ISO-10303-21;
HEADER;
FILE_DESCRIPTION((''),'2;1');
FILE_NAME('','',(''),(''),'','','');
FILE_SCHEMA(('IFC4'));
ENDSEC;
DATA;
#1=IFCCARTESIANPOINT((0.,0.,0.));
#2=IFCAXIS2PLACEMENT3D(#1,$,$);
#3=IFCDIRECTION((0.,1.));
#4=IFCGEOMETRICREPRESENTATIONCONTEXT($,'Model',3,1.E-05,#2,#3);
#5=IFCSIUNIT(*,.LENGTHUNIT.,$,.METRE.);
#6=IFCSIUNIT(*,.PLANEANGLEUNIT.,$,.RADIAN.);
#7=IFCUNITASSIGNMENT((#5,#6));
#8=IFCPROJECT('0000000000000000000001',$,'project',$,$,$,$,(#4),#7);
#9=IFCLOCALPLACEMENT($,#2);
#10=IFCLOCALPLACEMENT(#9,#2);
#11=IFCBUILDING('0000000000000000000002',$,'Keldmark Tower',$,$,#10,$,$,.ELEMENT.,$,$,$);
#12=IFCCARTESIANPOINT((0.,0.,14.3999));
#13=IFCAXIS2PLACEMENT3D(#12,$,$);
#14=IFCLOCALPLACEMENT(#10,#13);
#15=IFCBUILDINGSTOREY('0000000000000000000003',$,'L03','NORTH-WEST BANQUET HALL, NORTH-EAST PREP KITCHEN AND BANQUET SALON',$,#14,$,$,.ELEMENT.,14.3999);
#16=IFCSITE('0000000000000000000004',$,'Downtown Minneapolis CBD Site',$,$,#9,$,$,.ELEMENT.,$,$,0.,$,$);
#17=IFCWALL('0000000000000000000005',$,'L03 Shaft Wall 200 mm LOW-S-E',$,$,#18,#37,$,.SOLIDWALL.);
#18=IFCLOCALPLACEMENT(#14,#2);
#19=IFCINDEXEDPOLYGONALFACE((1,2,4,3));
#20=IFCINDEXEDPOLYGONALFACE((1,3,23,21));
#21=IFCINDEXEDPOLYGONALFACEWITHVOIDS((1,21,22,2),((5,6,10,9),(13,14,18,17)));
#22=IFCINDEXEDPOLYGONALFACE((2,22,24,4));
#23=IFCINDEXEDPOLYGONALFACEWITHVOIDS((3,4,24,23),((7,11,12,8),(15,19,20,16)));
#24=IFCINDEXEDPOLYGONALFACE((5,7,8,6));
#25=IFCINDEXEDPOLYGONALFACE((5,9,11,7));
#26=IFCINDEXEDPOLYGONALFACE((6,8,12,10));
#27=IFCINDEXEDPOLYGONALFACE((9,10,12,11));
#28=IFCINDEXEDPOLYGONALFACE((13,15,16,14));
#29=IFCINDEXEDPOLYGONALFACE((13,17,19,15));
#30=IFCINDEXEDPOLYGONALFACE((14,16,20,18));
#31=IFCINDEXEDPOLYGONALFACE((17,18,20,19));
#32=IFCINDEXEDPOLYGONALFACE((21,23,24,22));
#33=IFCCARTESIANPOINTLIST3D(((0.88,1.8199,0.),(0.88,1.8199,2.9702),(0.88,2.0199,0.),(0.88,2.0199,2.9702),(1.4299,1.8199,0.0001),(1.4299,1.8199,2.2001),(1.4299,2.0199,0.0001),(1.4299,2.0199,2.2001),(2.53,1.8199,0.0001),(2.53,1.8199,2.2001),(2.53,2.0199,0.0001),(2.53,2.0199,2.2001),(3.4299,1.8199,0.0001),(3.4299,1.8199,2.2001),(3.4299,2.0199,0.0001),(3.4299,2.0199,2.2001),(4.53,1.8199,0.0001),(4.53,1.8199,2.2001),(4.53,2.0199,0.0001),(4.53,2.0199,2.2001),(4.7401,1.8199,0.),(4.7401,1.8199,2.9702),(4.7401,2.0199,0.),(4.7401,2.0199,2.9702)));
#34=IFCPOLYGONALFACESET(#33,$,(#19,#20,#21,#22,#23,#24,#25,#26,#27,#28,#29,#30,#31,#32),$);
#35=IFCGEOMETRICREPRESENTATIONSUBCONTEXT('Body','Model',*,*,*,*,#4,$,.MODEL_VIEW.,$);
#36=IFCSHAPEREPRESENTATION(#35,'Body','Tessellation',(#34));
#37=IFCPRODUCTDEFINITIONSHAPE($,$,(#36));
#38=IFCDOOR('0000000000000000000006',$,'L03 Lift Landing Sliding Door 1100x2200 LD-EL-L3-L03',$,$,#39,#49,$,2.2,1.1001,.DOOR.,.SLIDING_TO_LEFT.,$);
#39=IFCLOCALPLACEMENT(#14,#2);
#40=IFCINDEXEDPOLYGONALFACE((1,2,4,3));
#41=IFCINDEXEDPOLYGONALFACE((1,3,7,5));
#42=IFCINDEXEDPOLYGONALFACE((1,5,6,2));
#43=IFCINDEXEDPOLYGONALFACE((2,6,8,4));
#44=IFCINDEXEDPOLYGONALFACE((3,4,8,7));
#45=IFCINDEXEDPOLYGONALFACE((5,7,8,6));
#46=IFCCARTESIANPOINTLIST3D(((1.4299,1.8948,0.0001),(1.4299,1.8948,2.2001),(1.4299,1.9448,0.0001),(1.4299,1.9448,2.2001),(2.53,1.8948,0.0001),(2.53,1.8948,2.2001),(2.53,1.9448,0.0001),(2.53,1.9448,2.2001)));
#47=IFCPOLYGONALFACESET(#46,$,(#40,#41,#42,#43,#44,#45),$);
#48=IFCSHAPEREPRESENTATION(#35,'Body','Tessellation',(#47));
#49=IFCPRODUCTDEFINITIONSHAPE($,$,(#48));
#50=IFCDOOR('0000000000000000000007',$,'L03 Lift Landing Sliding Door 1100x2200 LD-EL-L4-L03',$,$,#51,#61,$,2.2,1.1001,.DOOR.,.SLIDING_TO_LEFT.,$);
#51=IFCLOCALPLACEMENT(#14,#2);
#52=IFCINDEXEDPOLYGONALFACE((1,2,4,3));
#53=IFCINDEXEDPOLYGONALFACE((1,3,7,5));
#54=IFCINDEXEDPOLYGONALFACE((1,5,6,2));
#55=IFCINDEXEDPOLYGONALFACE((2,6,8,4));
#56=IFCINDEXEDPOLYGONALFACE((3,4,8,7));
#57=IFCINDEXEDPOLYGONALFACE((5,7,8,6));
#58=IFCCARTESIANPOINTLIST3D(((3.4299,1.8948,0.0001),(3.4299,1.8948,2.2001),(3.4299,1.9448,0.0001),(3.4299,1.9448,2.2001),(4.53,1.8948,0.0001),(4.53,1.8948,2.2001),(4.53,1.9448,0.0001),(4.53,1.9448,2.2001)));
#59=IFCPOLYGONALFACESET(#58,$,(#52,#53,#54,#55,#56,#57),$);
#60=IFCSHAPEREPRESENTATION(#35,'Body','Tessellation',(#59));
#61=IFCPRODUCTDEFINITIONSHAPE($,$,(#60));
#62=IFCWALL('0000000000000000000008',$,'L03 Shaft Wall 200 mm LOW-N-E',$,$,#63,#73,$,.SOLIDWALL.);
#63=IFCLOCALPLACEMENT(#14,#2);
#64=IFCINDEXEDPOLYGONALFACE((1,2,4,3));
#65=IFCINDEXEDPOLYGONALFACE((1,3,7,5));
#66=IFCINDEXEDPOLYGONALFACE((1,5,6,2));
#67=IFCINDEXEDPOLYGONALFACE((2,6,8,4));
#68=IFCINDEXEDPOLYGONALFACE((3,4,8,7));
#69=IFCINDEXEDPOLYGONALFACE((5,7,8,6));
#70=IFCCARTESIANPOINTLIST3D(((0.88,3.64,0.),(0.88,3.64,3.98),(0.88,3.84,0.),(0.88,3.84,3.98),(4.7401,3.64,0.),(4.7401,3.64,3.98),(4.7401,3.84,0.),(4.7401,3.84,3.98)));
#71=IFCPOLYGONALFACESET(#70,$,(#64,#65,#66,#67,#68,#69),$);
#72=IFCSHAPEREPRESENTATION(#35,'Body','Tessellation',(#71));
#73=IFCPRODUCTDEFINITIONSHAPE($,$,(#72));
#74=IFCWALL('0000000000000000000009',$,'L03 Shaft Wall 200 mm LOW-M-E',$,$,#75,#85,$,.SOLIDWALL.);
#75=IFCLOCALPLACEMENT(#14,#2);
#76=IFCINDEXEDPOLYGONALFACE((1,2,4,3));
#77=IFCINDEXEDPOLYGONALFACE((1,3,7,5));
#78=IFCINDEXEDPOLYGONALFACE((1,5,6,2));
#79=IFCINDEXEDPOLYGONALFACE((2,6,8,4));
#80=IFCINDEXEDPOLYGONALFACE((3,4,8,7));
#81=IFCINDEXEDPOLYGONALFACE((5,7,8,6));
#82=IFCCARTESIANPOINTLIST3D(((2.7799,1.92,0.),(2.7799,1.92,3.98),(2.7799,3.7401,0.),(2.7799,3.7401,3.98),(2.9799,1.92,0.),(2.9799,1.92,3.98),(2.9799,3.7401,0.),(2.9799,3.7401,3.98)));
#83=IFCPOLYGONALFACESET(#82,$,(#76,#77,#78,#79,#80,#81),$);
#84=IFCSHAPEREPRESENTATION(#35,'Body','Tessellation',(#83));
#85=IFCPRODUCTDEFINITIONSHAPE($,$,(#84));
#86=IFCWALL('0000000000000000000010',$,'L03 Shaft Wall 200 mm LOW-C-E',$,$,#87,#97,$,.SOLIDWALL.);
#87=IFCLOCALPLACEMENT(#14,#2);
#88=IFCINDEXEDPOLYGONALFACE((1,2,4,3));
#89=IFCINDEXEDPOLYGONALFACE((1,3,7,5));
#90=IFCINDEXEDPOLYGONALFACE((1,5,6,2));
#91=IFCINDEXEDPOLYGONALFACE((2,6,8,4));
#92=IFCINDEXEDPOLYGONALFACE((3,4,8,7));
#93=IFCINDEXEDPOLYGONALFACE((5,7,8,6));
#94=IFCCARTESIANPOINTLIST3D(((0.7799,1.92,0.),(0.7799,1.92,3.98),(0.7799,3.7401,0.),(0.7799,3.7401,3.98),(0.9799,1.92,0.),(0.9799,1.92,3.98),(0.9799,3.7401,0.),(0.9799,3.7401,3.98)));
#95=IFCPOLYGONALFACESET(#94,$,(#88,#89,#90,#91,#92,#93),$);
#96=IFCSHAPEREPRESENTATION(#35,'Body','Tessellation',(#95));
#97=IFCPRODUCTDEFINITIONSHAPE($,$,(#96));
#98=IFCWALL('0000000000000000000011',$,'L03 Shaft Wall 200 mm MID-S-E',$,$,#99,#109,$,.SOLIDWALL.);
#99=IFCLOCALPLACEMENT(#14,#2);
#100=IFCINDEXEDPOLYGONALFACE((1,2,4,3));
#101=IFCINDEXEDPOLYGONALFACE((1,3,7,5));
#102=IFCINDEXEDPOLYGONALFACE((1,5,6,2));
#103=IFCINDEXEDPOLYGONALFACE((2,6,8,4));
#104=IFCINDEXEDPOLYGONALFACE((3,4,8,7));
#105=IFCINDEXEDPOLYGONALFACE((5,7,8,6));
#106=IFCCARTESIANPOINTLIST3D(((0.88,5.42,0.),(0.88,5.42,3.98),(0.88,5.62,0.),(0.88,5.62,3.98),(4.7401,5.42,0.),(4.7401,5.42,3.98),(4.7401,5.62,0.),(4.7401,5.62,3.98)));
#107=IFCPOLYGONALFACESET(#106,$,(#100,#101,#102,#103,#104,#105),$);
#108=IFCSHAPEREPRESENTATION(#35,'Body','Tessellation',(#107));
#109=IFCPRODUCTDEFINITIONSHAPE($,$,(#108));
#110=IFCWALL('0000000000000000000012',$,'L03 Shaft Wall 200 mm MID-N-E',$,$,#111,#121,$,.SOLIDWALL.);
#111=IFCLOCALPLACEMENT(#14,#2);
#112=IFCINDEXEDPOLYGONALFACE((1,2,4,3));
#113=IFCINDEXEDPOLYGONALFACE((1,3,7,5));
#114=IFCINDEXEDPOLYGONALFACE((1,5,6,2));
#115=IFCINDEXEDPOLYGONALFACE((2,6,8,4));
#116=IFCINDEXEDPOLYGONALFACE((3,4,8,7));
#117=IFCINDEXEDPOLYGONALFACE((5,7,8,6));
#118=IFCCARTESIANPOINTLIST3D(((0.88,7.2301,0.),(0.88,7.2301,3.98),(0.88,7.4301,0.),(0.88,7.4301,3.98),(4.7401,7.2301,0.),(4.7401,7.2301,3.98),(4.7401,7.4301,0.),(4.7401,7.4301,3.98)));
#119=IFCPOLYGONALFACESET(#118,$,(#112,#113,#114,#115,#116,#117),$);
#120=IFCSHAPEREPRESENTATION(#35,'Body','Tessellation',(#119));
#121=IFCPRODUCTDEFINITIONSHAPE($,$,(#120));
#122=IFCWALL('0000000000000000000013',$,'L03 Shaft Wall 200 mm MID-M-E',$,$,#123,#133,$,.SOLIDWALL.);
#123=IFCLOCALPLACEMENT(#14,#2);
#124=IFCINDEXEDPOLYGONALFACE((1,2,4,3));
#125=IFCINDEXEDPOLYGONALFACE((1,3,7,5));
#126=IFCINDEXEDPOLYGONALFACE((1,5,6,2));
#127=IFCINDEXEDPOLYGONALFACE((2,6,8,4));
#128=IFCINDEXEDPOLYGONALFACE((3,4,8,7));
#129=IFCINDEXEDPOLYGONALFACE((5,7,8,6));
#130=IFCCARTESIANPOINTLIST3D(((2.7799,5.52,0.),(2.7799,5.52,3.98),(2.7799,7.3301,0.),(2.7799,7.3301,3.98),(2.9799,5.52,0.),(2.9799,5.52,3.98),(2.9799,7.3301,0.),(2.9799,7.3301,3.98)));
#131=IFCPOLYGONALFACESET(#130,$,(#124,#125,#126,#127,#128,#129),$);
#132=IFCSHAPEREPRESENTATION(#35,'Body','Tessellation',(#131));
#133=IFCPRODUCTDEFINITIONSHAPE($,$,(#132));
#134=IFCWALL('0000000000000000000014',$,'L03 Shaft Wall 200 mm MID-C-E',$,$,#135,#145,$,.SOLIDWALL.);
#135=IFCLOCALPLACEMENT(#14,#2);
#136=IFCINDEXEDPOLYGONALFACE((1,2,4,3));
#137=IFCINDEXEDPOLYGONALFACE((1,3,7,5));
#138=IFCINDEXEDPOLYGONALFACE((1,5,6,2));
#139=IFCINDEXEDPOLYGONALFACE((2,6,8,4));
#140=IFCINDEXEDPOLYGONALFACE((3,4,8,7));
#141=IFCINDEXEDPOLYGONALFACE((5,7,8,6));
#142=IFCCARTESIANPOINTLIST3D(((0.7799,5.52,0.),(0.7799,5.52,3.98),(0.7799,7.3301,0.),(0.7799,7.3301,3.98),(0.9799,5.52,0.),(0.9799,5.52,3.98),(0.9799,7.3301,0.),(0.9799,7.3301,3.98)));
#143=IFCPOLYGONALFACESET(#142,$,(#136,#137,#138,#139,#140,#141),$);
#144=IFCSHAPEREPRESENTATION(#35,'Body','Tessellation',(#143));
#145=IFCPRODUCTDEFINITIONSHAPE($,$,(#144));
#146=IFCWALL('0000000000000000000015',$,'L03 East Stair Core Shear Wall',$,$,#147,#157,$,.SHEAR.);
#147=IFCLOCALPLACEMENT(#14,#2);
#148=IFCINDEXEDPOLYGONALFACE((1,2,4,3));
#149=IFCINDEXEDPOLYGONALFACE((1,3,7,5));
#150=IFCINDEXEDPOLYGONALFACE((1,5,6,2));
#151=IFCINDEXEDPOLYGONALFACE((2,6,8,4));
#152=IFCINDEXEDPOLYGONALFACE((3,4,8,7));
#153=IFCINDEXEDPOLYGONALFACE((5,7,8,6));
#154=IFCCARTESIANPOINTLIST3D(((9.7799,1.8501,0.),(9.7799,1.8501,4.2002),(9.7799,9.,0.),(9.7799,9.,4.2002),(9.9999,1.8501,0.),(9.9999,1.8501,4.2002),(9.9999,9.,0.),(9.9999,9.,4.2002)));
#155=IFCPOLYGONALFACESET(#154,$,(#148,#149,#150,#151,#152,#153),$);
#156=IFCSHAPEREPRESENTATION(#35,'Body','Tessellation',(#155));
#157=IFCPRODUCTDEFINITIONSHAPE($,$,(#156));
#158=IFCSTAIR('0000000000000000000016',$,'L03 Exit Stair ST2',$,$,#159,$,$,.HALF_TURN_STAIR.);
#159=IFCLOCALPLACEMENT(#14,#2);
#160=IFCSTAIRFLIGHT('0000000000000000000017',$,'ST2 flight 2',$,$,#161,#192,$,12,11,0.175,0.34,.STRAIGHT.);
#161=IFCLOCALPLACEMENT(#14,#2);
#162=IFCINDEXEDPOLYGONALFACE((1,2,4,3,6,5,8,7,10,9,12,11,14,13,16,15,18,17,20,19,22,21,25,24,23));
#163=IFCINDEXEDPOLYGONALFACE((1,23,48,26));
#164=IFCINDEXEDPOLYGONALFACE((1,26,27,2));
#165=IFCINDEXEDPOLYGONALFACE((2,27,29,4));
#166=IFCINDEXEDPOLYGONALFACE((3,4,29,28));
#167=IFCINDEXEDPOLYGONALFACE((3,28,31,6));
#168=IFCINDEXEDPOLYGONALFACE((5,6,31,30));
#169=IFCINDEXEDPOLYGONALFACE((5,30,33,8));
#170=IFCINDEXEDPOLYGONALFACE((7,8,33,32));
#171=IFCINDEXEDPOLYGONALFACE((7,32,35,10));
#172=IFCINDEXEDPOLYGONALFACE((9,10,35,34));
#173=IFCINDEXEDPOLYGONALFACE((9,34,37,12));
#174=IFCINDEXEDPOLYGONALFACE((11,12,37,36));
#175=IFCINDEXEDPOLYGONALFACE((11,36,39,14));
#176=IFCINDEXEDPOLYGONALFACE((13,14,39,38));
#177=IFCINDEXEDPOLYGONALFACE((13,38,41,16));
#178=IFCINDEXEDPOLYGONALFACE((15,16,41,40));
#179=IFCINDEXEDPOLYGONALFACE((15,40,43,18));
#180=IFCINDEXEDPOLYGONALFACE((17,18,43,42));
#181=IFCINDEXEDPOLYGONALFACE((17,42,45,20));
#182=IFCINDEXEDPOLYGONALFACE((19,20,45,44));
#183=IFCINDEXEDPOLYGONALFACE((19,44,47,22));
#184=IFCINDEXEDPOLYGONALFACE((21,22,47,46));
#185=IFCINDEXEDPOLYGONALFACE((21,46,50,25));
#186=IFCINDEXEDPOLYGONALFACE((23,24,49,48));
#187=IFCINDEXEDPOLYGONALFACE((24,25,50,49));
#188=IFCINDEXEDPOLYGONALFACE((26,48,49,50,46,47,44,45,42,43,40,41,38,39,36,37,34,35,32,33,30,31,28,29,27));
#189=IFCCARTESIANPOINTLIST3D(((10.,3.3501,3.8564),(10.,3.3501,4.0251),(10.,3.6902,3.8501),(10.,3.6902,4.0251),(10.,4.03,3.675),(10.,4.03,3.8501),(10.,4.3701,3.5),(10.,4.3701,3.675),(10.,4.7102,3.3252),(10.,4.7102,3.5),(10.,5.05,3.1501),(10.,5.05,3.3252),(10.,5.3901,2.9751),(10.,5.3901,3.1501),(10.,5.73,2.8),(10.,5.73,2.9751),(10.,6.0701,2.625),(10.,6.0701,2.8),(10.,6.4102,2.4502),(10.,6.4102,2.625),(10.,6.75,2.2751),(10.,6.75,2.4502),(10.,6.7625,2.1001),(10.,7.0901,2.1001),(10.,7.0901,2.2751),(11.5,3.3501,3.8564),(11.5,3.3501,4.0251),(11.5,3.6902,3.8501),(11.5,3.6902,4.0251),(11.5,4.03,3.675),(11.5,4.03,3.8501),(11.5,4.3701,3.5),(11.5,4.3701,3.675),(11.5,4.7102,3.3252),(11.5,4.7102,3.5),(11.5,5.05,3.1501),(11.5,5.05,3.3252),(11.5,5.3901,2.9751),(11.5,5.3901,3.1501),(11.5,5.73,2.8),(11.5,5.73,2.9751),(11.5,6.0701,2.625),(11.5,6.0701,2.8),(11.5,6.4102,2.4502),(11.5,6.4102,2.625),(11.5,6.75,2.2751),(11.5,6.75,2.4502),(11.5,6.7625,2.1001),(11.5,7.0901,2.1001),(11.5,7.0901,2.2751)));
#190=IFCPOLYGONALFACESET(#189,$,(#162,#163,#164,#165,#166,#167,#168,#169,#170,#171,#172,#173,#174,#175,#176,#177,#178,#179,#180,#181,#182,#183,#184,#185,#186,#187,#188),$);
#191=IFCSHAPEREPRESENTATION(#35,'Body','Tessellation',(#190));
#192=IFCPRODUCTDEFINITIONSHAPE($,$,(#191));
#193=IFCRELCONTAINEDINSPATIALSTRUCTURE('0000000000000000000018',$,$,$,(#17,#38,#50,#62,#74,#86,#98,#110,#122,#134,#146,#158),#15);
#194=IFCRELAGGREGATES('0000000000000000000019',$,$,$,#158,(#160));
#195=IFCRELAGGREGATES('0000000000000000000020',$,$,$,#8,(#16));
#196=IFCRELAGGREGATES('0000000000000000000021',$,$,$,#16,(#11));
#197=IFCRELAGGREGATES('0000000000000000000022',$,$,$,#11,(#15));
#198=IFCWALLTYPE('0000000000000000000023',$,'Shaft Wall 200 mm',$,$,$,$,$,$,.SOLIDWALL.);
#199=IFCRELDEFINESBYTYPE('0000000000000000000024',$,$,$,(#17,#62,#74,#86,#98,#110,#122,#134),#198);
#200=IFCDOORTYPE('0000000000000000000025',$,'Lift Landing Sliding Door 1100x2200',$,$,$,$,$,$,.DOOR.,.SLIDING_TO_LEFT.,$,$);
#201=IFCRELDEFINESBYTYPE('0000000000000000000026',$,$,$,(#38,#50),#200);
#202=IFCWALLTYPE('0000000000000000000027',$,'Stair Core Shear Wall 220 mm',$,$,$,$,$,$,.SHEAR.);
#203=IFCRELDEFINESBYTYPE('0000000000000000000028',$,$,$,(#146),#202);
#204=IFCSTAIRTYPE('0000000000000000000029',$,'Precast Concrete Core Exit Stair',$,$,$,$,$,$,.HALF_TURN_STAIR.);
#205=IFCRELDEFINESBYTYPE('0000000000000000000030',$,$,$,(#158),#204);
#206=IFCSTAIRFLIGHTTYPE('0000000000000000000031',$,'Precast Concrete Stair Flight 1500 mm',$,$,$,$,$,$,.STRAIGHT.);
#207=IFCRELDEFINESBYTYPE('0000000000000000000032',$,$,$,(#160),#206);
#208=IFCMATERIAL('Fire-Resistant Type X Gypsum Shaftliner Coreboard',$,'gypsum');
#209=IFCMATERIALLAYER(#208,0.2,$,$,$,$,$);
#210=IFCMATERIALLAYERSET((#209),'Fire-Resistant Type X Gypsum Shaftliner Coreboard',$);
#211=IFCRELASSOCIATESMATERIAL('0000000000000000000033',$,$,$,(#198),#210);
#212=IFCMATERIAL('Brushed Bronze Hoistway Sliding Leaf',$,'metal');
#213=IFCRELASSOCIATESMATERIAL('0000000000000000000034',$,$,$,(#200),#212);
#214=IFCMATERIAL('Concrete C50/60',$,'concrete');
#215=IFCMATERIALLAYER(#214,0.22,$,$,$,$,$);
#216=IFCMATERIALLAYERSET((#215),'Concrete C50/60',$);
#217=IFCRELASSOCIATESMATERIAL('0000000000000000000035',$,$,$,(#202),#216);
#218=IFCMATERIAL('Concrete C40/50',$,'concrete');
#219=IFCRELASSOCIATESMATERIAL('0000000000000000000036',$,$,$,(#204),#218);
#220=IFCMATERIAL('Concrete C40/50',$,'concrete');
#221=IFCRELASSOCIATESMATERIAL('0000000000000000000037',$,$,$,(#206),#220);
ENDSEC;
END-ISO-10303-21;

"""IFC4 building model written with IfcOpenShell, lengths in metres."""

from ifc_helpers import new_model, si_unit, direction, frame, frame_2d, origin, place, context, subcontext, project, spatial, polyline, rectangle, outline, extrude, material, layer, layer_set, type_object, element, fill, aggregate, save


model = new_model("IFC4")

# Units and contexts
model_context = context("Model", 3, precision=1e-05, world=origin(), true_north=direction((0.0, 1.0)))
body_context = subcontext(model_context, "Body", "Model", "MODEL_VIEW")
ifc_project = project(units=[si_unit("LENGTHUNIT", "METRE"), si_unit("PLANEANGLEUNIT", "RADIAN")], contexts=[model_context])

# Site, building, storey
site_placement = place(None, origin())
site = spatial("IfcSite", under=ifc_project, at=site_placement, Name="Downtown Minneapolis CBD Site", CompositionType="ELEMENT", RefElevation=0.0)
building_placement = place(site_placement, origin())
building = spatial("IfcBuilding", under=site, at=building_placement, Name="Keldmark Tower", CompositionType="ELEMENT")
storey_placement = place(building_placement, frame((0.0, 0.0, 14.3999)))
storey = spatial("IfcBuildingStorey", under=building, at=storey_placement, Name="L03", Description="NORTH-WEST BANQUET HALL, NORTH-EAST PREP KITCHEN AND BANQUET SALON", CompositionType="ELEMENT", Elevation=14.3999)

# Shared definitions
ifc_material_1 = material(Name="Fire-Resistant Type X Gypsum Shaftliner Coreboard", Category="gypsum")
ifc_layer_1 = layer(ifc_material_1, 0.2)
ifc_layer_set_1 = layer_set([ifc_layer_1], Name="Fire-Resistant Type X Gypsum Shaftliner Coreboard")
wall_type_1 = type_object("IfcWallType", Name="Shaft Wall 200 mm", PredefinedType="SOLIDWALL", material=ifc_layer_set_1)

# Wall, openings, doors
wall_1_placement = place(storey_placement, frame((0.8799, 1.9199, 0.0), z_axis=(0.0, 0.0, 1.0), x_axis=(1.0, 0.0, 0.0)))
wall_1 = element("IfcWall", 1, at=wall_1_placement, inside=storey, type_object=wall_type_1, Name="L03 Shaft Wall 200 mm LOW-S-E", PredefinedType="SOLIDWALL", context=body_context, shape_type="SweptSolid", body=[
    extrude(rectangle(XDim=3.8601, YDim=0.2, at=frame_2d((1.9302, 0.0))), origin(), (0.0, 0.0, 1.0), 2.9702),
])
opening_1_placement = place(wall_1_placement, frame((0.55, 0.0, 0.0)))
opening_1 = element("IfcOpeningElement", 2, at=opening_1_placement, cuts=wall_1, PredefinedType="OPENING", context=body_context, shape_type="SweptSolid", body=[
    extrude(rectangle(XDim=1.1001, YDim=2.2, at=frame_2d((0.55, 1.1001))), frame((0.0, 0.1099, 0.0), z_axis=(0.0, -1.0, 0.0), x_axis=(1.0, 0.0, 0.0)), (0.0, 0.0, 1.0), 0.22),
])
opening_2_placement = place(wall_1_placement, frame((2.55, 0.0, 0.0)))
opening_2 = element("IfcOpeningElement", 3, at=opening_2_placement, cuts=wall_1, PredefinedType="OPENING", context=body_context, shape_type="SweptSolid", body=[
    extrude(rectangle(XDim=1.1001, YDim=2.2, at=frame_2d((0.55, 1.1001))), frame((0.0, 0.1099, 0.0), z_axis=(0.0, -1.0, 0.0), x_axis=(1.0, 0.0, 0.0)), (0.0, 0.0, 1.0), 0.22),
])
ifc_material_2 = material(Name="Brushed Bronze Hoistway Sliding Leaf", Category="metal")
door_type_1 = type_object("IfcDoorType", Name="Lift Landing Sliding Door 1100x2200", OperationType="SLIDING_TO_LEFT", PredefinedType="DOOR", material=ifc_material_2)
door_1_placement = place(opening_1_placement, origin())
door_1 = element("IfcDoor", 4, at=door_1_placement, inside=storey, type_object=door_type_1, Name="L03 Lift Landing Sliding Door 1100x2200 LD-EL-L3-L03", OperationType="SLIDING_TO_LEFT", OverallHeight=2.2, OverallWidth=1.1001, PredefinedType="DOOR", context=body_context, shape_type="SweptSolid", body=[
    extrude(rectangle(XDim=1.1001, YDim=2.2, at=frame_2d((0.55, 1.1001))), frame((0.0, 0.0249, 0.0), z_axis=(0.0, -1.0, 0.0), x_axis=(1.0, 0.0, 0.0)), (0.0, 0.0, 1.0), 0.05),
])
fill(opening_1, door_1)
door_2_placement = place(opening_2_placement, origin())
door_2 = element("IfcDoor", 5, at=door_2_placement, inside=storey, type_object=door_type_1, Name="L03 Lift Landing Sliding Door 1100x2200 LD-EL-L4-L03", OperationType="SLIDING_TO_LEFT", OverallHeight=2.2, OverallWidth=1.1001, PredefinedType="DOOR", context=body_context, shape_type="SweptSolid", body=[
    extrude(rectangle(XDim=1.1001, YDim=2.2, at=frame_2d((0.55, 1.1001))), frame((0.0, 0.0249, 0.0), z_axis=(0.0, -1.0, 0.0), x_axis=(1.0, 0.0, 0.0)), (0.0, 0.0, 1.0), 0.05),
])
fill(opening_2, door_2)

# Walls
wall_2_placement = place(storey_placement, frame((0.8799, 3.74, 0.0), z_axis=(0.0, 0.0, 1.0), x_axis=(1.0, 0.0, 0.0)))
element("IfcWall", 6, at=wall_2_placement, inside=storey, type_object=wall_type_1, Name="L03 Shaft Wall 200 mm LOW-N-E", PredefinedType="SOLIDWALL", context=body_context, shape_type="SweptSolid", body=[
    extrude(rectangle(XDim=3.8601, YDim=0.2, at=frame_2d((1.9302, 0.0))), origin(), (0.0, 0.0, 1.0), 3.98),
])
for number, where, z_axis, x_axis, name in (
    (7, (2.8799, 1.9199, 0.0), (0.0, 0.0, 1.0), (0.0, 1.0, 0.0), "L03 Shaft Wall 200 mm LOW-M-E"),
    (8, (0.8799, 1.9199, 0.0), (0.0, 0.0, 1.0), (0.0, 1.0, 0.0), "L03 Shaft Wall 200 mm LOW-C-E"),
):
    element("IfcWall", number, at=place(storey_placement, frame(where, z_axis=z_axis, x_axis=x_axis)), inside=storey, type_object=wall_type_1, Name=name, PredefinedType="SOLIDWALL", context=body_context, shape_type="SweptSolid", body=[
        extrude(rectangle(XDim=1.8201, YDim=0.2, at=frame_2d((0.9102, 0.0))), origin(), (0.0, 0.0, 1.0), 3.98),
    ])
for number, where, z_axis, x_axis, name in (
    (9, (0.8799, 5.52, 0.0), (0.0, 0.0, 1.0), (1.0, 0.0, 0.0), "L03 Shaft Wall 200 mm MID-S-E"),
    (10, (0.8799, 7.3301, 0.0), (0.0, 0.0, 1.0), (1.0, 0.0, 0.0), "L03 Shaft Wall 200 mm MID-N-E"),
):
    element("IfcWall", number, at=place(storey_placement, frame(where, z_axis=z_axis, x_axis=x_axis)), inside=storey, type_object=wall_type_1, Name=name, PredefinedType="SOLIDWALL", context=body_context, shape_type="SweptSolid", body=[
        extrude(rectangle(XDim=3.8601, YDim=0.2, at=frame_2d((1.9302, 0.0))), origin(), (0.0, 0.0, 1.0), 3.98),
    ])
for number, where, z_axis, x_axis, name in (
    (11, (2.8799, 5.52, 0.0), (0.0, 0.0, 1.0), (0.0, 1.0, 0.0), "L03 Shaft Wall 200 mm MID-M-E"),
    (12, (0.8799, 5.52, 0.0), (0.0, 0.0, 1.0), (0.0, 1.0, 0.0), "L03 Shaft Wall 200 mm MID-C-E"),
):
    element("IfcWall", number, at=place(storey_placement, frame(where, z_axis=z_axis, x_axis=x_axis)), inside=storey, type_object=wall_type_1, Name=name, PredefinedType="SOLIDWALL", context=body_context, shape_type="SweptSolid", body=[
        extrude(rectangle(XDim=1.8101, YDim=0.2, at=frame_2d((0.905, 0.0))), origin(), (0.0, 0.0, 1.0), 3.98),
    ])
ifc_material_3 = material(Name="Concrete C50/60", Category="concrete")
ifc_layer_2 = layer(ifc_material_3, 0.22)
ifc_layer_set_2 = layer_set([ifc_layer_2], Name="Concrete C50/60")
wall_type_2 = type_object("IfcWallType", Name="Stair Core Shear Wall 220 mm", PredefinedType="SHEAR", material=ifc_layer_set_2)
wall_3_placement = place(storey_placement, frame((9.8899, 1.8501, 0.0), z_axis=(0.0, 0.0, 1.0), x_axis=(0.0, 1.0, 0.0)))
element("IfcWall", 13, at=wall_3_placement, inside=storey, type_object=wall_type_2, Name="L03 East Stair Core Shear Wall", PredefinedType="SHEAR", context=body_context, shape_type="SweptSolid", body=[
    extrude(rectangle(XDim=7.1499, YDim=0.22, at=frame_2d((3.575, 0.0))), origin(), (0.0, 0.0, 1.0), 4.2002),
])

# Stair, stair flight
ifc_material_4 = material(Name="Concrete C40/50", Category="concrete")
stair_type = type_object("IfcStairType", Name="Precast Concrete Core Exit Stair", PredefinedType="HALF_TURN_STAIR", material=ifc_material_4)
stair_placement = place(storey_placement, origin())
stair = element("IfcStair", 14, at=stair_placement, inside=storey, type_object=stair_type, Name="L03 Exit Stair ST2", PredefinedType="HALF_TURN_STAIR")
ifc_material_5 = material(Name="Concrete C40/50", Category="concrete")
stair_flight_type = type_object("IfcStairFlightType", Name="Precast Concrete Stair Flight 1500 mm", PredefinedType="STRAIGHT", material=ifc_material_5)
stair_flight_placement = place(storey_placement, frame((10.75, 7.0901, 2.1001), z_axis=(0.0, 0.0, 1.0), x_axis=(0.0, -1.0, 0.0)))
stair_flight = element("IfcStairFlight", 15, at=stair_flight_placement, type_object=stair_flight_type, Name="ST2 flight 2", NumberOfRisers=12, NumberOfTreads=11, PredefinedType="STRAIGHT", RiserHeight=0.175, TreadLength=0.34, context=body_context, shape_type="SweptSolid", body=[
    extrude(outline(polyline([(0.0, 0.0), (0.0, 0.175), (0.3401, 0.175), (0.3401, 0.3501), (0.6799, 0.3501), (0.6799, 0.5249), (1.02, 0.5249), (1.02, 0.7), (1.3601, 0.7), (1.3601, 0.875), (1.7, 0.875), (1.7, 1.05), (2.04, 1.05), (2.04, 1.2251), (2.3799, 1.2251), (2.3799, 1.3999), (2.72, 1.3999), (2.72, 1.575), (3.0601, 1.575), (3.0601, 1.75), (3.3999, 1.75), (3.3999, 1.925), (3.74, 1.925), (3.74, 2.1001), (3.74, 1.7563), (0.3276, 0.0), (0.0, 0.0)])), frame((0.0, 0.75, 0.0), z_axis=(0.0, -1.0, 0.0), x_axis=(1.0, 0.0, 0.0)), (0.0, 0.0, 1.0), 1.5),
])
aggregate(stair, [stair_flight])

save(model, "model.ifc")
